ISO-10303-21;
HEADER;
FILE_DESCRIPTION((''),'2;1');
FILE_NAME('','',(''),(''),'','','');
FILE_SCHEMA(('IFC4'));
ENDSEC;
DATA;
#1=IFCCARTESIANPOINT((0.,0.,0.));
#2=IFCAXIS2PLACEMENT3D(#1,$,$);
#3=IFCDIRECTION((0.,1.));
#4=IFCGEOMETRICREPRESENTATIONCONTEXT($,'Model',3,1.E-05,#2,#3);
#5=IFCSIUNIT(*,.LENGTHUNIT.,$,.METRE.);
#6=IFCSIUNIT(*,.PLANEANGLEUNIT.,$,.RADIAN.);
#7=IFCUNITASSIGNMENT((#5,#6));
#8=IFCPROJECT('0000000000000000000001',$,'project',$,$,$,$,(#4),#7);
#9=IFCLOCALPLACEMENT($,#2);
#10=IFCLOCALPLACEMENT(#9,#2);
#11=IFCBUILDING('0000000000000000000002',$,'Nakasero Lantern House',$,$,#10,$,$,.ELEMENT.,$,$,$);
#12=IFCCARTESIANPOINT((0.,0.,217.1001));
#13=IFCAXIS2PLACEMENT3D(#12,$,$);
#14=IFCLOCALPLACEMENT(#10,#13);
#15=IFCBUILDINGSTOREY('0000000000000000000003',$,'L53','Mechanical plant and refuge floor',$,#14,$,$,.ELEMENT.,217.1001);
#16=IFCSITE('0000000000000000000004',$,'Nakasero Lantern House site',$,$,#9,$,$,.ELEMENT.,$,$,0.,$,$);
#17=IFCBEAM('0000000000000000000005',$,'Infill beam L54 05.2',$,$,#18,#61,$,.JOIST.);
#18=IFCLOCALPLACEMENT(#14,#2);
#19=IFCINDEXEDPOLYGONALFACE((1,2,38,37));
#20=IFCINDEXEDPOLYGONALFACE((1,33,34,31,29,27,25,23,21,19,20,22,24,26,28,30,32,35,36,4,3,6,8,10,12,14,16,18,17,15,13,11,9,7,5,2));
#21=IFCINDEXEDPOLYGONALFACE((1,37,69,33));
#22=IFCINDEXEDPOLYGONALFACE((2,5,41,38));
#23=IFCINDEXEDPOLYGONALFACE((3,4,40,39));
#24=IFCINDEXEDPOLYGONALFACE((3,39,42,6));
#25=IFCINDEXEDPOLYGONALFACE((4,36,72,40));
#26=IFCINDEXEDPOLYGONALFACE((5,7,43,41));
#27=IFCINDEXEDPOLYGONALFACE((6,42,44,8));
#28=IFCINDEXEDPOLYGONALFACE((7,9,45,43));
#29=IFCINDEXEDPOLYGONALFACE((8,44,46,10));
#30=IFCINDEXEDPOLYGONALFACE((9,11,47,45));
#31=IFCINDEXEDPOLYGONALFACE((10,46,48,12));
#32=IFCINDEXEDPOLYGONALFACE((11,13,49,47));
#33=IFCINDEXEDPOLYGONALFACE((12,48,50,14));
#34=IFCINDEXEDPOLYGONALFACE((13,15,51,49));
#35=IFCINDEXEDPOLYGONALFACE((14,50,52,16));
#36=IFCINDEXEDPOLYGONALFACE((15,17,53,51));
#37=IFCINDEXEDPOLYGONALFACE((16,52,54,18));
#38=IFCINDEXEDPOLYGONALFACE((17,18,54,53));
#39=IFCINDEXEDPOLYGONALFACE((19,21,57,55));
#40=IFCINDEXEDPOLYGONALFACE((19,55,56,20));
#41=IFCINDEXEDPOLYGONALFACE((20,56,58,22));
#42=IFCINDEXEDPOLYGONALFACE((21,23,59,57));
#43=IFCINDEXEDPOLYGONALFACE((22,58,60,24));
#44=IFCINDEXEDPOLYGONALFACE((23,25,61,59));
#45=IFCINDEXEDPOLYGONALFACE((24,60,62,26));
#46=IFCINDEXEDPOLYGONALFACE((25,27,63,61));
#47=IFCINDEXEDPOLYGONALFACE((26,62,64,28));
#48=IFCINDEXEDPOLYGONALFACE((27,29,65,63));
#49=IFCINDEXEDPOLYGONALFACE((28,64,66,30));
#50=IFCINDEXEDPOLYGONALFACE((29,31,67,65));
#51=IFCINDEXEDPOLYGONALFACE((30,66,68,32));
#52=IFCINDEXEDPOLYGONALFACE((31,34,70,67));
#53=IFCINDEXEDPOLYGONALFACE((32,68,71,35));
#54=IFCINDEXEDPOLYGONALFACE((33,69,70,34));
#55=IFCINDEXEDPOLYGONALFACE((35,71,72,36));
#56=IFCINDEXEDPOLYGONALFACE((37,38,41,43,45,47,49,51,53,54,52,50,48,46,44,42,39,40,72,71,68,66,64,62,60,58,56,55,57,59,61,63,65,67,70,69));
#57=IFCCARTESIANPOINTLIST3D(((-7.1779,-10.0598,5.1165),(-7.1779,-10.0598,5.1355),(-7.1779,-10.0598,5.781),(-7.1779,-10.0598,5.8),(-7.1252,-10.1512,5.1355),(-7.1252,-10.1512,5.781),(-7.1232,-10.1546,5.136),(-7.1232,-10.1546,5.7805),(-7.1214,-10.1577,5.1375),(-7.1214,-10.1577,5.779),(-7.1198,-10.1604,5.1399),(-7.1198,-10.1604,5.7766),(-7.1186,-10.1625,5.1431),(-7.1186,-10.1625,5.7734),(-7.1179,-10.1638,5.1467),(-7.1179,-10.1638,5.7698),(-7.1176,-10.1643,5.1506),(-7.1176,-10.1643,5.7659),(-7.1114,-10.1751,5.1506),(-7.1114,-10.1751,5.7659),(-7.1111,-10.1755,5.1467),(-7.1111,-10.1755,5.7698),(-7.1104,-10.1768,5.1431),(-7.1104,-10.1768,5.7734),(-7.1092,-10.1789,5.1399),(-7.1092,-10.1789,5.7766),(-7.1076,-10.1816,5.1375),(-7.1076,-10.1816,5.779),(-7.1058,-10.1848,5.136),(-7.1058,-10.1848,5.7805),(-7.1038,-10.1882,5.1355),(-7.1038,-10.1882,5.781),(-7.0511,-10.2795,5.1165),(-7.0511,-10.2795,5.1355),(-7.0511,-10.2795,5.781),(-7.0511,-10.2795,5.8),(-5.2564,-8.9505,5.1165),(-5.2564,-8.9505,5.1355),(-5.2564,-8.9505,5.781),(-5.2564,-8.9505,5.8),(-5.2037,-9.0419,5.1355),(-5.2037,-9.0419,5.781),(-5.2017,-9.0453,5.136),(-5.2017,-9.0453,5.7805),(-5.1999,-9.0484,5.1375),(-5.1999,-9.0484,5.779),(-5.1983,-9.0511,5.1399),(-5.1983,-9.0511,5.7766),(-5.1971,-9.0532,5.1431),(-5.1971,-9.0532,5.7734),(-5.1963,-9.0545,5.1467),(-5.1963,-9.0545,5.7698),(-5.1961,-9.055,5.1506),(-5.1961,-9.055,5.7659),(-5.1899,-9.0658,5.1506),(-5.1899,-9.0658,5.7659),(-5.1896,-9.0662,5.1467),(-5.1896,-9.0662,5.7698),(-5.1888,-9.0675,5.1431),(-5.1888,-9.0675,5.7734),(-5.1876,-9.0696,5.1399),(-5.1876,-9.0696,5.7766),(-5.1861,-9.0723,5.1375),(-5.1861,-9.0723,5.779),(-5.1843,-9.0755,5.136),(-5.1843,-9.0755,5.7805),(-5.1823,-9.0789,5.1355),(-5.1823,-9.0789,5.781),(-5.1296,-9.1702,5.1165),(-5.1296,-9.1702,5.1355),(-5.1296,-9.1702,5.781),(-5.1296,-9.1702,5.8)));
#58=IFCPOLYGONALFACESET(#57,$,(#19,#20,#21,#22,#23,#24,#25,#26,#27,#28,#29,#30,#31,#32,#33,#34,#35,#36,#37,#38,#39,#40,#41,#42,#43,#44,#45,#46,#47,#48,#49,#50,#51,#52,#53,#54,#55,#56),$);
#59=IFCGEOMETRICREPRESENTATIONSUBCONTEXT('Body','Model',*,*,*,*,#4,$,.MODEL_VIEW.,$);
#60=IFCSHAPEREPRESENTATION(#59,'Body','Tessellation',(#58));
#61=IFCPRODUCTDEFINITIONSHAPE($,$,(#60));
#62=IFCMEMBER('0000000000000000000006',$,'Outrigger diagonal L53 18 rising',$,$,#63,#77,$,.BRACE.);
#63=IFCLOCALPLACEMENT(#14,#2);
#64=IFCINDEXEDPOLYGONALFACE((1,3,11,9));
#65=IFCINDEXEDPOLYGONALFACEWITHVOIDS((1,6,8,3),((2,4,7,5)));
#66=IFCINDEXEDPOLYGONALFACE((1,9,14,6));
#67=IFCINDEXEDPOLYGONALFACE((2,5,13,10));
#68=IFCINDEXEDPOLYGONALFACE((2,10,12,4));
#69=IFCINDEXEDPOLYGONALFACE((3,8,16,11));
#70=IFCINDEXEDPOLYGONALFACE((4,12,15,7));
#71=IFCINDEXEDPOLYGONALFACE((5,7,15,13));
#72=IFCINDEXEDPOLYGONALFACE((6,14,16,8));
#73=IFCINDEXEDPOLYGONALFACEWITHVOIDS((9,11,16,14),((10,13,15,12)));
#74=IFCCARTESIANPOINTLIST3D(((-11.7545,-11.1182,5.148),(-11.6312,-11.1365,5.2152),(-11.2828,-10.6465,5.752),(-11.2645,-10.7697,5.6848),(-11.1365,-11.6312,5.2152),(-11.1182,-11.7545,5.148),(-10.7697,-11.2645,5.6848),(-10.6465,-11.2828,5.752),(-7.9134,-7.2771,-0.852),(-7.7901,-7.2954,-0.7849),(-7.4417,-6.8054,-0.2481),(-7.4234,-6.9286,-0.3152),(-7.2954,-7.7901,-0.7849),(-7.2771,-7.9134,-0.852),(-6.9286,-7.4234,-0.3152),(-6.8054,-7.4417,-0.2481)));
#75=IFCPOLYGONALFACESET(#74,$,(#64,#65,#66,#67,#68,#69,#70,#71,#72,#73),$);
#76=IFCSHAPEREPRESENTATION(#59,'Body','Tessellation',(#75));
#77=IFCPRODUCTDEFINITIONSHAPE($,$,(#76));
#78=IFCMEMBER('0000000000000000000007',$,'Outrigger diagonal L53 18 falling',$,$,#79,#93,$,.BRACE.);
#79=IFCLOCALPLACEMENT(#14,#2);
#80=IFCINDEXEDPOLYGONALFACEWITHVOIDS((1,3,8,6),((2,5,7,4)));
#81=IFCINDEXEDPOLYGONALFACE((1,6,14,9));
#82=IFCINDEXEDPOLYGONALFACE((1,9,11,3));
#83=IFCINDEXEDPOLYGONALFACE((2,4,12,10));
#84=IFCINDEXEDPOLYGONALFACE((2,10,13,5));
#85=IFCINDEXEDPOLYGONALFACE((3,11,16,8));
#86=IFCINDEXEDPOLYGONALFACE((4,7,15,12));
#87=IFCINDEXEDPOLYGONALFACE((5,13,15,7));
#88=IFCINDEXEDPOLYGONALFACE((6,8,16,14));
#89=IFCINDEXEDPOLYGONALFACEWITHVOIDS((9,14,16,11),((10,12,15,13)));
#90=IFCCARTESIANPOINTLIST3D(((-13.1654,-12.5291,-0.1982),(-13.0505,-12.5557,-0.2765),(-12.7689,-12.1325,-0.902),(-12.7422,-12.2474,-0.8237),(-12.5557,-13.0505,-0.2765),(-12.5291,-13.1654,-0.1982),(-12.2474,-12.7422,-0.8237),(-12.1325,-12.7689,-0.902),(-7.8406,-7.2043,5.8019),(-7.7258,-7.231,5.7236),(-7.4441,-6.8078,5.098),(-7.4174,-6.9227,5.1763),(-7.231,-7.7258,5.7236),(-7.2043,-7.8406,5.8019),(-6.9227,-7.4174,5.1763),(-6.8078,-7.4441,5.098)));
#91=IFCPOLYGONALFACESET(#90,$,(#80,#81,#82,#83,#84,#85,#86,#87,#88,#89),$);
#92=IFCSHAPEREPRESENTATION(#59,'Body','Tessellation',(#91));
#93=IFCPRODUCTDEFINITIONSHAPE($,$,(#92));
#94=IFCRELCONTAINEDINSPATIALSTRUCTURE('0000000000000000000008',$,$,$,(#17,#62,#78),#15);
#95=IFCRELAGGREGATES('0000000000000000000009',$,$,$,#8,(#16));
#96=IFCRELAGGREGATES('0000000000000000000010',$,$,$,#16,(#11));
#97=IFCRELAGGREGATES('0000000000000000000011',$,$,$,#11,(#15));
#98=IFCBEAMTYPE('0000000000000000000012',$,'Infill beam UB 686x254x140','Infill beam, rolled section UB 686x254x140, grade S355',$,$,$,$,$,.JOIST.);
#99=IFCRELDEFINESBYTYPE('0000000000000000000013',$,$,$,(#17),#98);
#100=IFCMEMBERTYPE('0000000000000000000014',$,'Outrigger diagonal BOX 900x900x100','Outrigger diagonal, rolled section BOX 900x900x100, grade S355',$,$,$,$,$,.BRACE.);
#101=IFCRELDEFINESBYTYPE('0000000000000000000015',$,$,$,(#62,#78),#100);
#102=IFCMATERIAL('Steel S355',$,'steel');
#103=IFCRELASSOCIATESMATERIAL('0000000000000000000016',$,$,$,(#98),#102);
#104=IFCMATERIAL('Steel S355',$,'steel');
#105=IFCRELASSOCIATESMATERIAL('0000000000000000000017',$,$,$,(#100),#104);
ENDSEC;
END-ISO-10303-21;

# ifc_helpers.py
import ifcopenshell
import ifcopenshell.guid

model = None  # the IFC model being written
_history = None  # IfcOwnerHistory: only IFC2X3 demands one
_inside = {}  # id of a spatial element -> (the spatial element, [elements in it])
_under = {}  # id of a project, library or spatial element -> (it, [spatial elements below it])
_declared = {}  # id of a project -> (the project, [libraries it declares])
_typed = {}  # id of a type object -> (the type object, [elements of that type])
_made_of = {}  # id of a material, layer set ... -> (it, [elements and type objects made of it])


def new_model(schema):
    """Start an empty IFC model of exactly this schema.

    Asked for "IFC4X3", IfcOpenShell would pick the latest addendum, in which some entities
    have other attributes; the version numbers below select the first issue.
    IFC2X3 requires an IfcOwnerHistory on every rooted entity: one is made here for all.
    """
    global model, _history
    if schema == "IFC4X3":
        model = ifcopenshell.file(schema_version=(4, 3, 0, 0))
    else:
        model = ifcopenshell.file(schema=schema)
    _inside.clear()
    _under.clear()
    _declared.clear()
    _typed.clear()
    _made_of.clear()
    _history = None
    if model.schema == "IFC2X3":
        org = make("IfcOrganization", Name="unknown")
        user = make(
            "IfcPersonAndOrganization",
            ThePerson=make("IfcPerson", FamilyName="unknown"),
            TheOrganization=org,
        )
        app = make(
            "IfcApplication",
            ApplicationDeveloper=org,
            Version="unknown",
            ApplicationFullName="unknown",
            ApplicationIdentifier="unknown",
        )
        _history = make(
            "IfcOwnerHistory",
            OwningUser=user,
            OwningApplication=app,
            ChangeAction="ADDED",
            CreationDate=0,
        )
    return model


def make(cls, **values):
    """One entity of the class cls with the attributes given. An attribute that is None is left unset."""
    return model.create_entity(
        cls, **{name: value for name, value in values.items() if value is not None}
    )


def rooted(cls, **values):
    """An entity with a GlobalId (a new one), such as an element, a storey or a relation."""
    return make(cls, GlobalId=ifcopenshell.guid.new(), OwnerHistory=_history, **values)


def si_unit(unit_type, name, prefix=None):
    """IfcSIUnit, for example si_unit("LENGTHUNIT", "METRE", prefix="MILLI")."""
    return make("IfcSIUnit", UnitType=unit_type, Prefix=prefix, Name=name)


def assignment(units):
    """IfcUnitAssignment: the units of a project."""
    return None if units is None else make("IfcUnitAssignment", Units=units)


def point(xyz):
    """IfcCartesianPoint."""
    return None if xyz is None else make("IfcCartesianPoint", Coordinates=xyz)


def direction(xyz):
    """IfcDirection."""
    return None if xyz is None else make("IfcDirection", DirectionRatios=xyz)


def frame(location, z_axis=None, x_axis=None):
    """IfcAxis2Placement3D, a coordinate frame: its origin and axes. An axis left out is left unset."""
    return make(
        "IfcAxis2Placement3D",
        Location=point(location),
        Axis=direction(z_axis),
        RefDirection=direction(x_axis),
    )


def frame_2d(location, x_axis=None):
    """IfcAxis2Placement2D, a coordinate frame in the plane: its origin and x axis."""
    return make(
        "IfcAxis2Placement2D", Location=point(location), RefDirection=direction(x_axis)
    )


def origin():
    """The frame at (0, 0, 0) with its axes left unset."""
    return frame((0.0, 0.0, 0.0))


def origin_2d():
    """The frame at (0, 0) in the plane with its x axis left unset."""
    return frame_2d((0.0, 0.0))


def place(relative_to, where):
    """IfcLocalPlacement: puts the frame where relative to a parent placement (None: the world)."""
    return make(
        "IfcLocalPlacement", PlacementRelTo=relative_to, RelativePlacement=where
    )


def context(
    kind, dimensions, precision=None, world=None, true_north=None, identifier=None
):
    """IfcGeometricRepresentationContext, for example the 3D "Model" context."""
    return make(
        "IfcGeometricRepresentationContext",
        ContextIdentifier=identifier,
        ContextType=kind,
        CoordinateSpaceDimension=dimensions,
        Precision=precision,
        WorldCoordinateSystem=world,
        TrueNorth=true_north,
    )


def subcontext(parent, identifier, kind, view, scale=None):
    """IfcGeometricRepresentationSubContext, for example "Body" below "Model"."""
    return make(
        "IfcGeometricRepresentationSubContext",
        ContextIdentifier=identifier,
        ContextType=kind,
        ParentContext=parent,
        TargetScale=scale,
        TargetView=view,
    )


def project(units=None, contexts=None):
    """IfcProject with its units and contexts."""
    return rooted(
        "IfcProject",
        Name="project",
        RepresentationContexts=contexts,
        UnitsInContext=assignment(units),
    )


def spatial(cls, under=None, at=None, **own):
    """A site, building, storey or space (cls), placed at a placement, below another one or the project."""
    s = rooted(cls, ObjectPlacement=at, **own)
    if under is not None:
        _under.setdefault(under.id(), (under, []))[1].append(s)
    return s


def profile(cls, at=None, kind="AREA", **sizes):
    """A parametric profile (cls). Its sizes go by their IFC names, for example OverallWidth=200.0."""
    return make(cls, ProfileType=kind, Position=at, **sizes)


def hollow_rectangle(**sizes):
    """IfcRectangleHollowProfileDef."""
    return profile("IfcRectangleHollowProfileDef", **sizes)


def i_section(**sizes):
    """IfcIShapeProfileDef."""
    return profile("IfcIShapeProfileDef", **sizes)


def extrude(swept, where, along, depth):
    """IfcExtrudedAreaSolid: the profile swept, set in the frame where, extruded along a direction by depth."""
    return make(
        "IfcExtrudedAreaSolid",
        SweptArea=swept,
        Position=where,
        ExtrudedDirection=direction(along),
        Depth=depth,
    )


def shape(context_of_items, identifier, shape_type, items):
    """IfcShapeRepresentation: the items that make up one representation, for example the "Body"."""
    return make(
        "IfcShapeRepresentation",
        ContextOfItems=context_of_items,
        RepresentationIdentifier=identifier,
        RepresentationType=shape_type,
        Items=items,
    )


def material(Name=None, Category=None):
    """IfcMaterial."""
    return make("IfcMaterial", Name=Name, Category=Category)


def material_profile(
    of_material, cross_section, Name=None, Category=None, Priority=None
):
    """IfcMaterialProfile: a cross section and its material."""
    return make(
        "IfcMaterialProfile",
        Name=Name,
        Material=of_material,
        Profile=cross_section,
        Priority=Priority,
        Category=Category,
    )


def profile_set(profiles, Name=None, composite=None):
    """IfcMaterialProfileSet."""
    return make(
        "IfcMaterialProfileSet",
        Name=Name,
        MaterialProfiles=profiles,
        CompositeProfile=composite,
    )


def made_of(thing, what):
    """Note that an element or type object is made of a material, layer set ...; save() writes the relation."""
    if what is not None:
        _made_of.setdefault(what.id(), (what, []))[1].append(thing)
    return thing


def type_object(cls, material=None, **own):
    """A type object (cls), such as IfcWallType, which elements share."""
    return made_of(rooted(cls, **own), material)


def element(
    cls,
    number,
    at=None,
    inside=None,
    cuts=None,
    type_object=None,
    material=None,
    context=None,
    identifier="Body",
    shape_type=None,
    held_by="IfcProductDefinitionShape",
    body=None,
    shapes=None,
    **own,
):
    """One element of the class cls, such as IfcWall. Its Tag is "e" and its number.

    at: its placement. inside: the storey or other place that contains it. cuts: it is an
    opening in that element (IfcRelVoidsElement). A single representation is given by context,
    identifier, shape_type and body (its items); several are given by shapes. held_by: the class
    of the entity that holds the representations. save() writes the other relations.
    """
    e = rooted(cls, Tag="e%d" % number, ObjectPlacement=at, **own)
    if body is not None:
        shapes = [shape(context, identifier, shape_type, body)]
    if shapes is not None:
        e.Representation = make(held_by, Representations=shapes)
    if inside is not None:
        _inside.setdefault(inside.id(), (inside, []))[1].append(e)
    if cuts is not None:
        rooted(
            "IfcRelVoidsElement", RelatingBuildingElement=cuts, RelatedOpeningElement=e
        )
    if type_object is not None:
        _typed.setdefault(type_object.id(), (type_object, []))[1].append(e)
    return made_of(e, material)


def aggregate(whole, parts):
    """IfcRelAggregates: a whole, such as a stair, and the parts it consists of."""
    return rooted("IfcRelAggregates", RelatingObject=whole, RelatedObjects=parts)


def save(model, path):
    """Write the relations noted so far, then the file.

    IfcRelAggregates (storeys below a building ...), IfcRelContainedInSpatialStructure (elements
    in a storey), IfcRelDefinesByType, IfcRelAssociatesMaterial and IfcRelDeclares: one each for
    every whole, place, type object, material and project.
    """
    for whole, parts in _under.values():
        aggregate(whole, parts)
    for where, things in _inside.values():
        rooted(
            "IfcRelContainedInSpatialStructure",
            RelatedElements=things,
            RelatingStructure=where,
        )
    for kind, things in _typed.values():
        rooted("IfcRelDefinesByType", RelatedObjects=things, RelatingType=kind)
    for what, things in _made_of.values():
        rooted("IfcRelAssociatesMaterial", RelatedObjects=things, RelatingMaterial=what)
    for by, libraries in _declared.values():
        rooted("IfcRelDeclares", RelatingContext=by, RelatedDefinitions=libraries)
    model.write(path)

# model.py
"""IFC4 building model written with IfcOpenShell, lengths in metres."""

from ifc_helpers import new_model, si_unit, direction, frame, origin, origin_2d, place, context, subcontext, project, spatial, hollow_rectangle, i_section, extrude, material, material_profile, profile_set, type_object, element, save


model = new_model("IFC4")

# Units and contexts
model_context = context("Model", 3, precision=1e-05, world=origin(), true_north=direction((0.0, 1.0)))
body_context = subcontext(model_context, "Body", "Model", "MODEL_VIEW")
ifc_project = project(units=[si_unit("LENGTHUNIT", "METRE"), si_unit("PLANEANGLEUNIT", "RADIAN")], contexts=[model_context])

# Site, building, storey
site_placement = place(None, origin())
site = spatial("IfcSite", under=ifc_project, at=site_placement, Name="Nakasero Lantern House site", CompositionType="ELEMENT", RefElevation=0.0)
building_placement = place(site_placement, origin())
building = spatial("IfcBuilding", under=site, at=building_placement, Name="Nakasero Lantern House", CompositionType="ELEMENT")
storey_placement = place(building_placement, frame((0.0, 0.0, 217.1001)))
storey = spatial("IfcBuildingStorey", under=building, at=storey_placement, Name="L53", Description="Mechanical plant and refuge floor", CompositionType="ELEMENT", Elevation=217.1001)

# Beam
ifc_material_1 = material(Name="Steel S355", Category="steel")
ifc_material_profile_1 = material_profile(ifc_material_1, i_section(OverallWidth=0.2537, OverallDepth=0.6836, WebThickness=0.0125, FlangeThickness=0.019, FilletRadius=0.0151, at=origin_2d()), Name="UB 686x254x140")
ifc_profile_set_1 = profile_set([ifc_material_profile_1], Name="Steel S355")
beam_type = type_object("IfcBeamType", Name="Infill beam UB 686x254x140", Description="Infill beam, rolled section UB 686x254x140, grade S355", PredefinedType="JOIST", material=ifc_profile_set_1)
beam_placement = place(storey_placement, frame((-7.1145, -10.1697, 5.4583), z_axis=(0.866041, 0.499973, 0.0), x_axis=(-0.499973, 0.866041, 0.0)))
element("IfcBeam", 1, at=beam_placement, inside=storey, type_object=beam_type, Name="Infill beam L54 05.2", PredefinedType="JOIST", context=body_context, shape_type="SweptSolid", body=[
    extrude(i_section(OverallWidth=0.2537, OverallDepth=0.6836, WebThickness=0.0125, FlangeThickness=0.019, FilletRadius=0.0151, at=origin_2d()), origin(), (0.0, 0.0, 1.0), 2.2188),
])

# Members
ifc_material_2 = material(Name="Steel S355", Category="steel")
ifc_material_profile_2 = material_profile(ifc_material_2, hollow_rectangle(XDim=0.8999, YDim=0.8999, WallThickness=0.1001, at=origin_2d()), Name="BOX 900x900x100")
ifc_profile_set_2 = profile_set([ifc_material_profile_2], Name="Steel S355")
member_type = type_object("IfcMemberType", Name="Outrigger diagonal BOX 900x900x100", Description="Outrigger diagonal, rolled section BOX 900x900x100, grade S355", PredefinedType="BRACE", material=ifc_profile_set_2)
member_1_placement = place(storey_placement, frame((-7.3594, -7.3594, -0.55), z_axis=(-0.474576, -0.474576, 0.74132), x_axis=(0.707107, -0.707107, 0.0)))
element("IfcMember", 2, at=member_1_placement, inside=storey, type_object=member_type, Name="Outrigger diagonal L53 18 rising", PredefinedType="BRACE", context=body_context, shape_type="SweptSolid", body=[
    extrude(hollow_rectangle(XDim=0.8999, YDim=0.8999, WallThickness=0.1001, at=origin_2d()), origin(), (0.0, 0.0, 1.0), 8.0938),
])
member_2_placement = place(storey_placement, frame((-7.3242, -7.3242, 5.45), z_axis=(-0.553024, -0.553024, -0.62316), x_axis=(0.707107, -0.707107, 0.0)))
element("IfcMember", 3, at=member_2_placement, inside=storey, type_object=member_type, Name="Outrigger diagonal L53 18 falling", PredefinedType="BRACE", context=body_context, shape_type="SweptSolid", body=[
    extrude(hollow_rectangle(XDim=0.8999, YDim=0.8999, WallThickness=0.1001, at=origin_2d()), origin(), (0.0, 0.0, 1.0), 9.6284),
])

save(model, "model.ifc")
